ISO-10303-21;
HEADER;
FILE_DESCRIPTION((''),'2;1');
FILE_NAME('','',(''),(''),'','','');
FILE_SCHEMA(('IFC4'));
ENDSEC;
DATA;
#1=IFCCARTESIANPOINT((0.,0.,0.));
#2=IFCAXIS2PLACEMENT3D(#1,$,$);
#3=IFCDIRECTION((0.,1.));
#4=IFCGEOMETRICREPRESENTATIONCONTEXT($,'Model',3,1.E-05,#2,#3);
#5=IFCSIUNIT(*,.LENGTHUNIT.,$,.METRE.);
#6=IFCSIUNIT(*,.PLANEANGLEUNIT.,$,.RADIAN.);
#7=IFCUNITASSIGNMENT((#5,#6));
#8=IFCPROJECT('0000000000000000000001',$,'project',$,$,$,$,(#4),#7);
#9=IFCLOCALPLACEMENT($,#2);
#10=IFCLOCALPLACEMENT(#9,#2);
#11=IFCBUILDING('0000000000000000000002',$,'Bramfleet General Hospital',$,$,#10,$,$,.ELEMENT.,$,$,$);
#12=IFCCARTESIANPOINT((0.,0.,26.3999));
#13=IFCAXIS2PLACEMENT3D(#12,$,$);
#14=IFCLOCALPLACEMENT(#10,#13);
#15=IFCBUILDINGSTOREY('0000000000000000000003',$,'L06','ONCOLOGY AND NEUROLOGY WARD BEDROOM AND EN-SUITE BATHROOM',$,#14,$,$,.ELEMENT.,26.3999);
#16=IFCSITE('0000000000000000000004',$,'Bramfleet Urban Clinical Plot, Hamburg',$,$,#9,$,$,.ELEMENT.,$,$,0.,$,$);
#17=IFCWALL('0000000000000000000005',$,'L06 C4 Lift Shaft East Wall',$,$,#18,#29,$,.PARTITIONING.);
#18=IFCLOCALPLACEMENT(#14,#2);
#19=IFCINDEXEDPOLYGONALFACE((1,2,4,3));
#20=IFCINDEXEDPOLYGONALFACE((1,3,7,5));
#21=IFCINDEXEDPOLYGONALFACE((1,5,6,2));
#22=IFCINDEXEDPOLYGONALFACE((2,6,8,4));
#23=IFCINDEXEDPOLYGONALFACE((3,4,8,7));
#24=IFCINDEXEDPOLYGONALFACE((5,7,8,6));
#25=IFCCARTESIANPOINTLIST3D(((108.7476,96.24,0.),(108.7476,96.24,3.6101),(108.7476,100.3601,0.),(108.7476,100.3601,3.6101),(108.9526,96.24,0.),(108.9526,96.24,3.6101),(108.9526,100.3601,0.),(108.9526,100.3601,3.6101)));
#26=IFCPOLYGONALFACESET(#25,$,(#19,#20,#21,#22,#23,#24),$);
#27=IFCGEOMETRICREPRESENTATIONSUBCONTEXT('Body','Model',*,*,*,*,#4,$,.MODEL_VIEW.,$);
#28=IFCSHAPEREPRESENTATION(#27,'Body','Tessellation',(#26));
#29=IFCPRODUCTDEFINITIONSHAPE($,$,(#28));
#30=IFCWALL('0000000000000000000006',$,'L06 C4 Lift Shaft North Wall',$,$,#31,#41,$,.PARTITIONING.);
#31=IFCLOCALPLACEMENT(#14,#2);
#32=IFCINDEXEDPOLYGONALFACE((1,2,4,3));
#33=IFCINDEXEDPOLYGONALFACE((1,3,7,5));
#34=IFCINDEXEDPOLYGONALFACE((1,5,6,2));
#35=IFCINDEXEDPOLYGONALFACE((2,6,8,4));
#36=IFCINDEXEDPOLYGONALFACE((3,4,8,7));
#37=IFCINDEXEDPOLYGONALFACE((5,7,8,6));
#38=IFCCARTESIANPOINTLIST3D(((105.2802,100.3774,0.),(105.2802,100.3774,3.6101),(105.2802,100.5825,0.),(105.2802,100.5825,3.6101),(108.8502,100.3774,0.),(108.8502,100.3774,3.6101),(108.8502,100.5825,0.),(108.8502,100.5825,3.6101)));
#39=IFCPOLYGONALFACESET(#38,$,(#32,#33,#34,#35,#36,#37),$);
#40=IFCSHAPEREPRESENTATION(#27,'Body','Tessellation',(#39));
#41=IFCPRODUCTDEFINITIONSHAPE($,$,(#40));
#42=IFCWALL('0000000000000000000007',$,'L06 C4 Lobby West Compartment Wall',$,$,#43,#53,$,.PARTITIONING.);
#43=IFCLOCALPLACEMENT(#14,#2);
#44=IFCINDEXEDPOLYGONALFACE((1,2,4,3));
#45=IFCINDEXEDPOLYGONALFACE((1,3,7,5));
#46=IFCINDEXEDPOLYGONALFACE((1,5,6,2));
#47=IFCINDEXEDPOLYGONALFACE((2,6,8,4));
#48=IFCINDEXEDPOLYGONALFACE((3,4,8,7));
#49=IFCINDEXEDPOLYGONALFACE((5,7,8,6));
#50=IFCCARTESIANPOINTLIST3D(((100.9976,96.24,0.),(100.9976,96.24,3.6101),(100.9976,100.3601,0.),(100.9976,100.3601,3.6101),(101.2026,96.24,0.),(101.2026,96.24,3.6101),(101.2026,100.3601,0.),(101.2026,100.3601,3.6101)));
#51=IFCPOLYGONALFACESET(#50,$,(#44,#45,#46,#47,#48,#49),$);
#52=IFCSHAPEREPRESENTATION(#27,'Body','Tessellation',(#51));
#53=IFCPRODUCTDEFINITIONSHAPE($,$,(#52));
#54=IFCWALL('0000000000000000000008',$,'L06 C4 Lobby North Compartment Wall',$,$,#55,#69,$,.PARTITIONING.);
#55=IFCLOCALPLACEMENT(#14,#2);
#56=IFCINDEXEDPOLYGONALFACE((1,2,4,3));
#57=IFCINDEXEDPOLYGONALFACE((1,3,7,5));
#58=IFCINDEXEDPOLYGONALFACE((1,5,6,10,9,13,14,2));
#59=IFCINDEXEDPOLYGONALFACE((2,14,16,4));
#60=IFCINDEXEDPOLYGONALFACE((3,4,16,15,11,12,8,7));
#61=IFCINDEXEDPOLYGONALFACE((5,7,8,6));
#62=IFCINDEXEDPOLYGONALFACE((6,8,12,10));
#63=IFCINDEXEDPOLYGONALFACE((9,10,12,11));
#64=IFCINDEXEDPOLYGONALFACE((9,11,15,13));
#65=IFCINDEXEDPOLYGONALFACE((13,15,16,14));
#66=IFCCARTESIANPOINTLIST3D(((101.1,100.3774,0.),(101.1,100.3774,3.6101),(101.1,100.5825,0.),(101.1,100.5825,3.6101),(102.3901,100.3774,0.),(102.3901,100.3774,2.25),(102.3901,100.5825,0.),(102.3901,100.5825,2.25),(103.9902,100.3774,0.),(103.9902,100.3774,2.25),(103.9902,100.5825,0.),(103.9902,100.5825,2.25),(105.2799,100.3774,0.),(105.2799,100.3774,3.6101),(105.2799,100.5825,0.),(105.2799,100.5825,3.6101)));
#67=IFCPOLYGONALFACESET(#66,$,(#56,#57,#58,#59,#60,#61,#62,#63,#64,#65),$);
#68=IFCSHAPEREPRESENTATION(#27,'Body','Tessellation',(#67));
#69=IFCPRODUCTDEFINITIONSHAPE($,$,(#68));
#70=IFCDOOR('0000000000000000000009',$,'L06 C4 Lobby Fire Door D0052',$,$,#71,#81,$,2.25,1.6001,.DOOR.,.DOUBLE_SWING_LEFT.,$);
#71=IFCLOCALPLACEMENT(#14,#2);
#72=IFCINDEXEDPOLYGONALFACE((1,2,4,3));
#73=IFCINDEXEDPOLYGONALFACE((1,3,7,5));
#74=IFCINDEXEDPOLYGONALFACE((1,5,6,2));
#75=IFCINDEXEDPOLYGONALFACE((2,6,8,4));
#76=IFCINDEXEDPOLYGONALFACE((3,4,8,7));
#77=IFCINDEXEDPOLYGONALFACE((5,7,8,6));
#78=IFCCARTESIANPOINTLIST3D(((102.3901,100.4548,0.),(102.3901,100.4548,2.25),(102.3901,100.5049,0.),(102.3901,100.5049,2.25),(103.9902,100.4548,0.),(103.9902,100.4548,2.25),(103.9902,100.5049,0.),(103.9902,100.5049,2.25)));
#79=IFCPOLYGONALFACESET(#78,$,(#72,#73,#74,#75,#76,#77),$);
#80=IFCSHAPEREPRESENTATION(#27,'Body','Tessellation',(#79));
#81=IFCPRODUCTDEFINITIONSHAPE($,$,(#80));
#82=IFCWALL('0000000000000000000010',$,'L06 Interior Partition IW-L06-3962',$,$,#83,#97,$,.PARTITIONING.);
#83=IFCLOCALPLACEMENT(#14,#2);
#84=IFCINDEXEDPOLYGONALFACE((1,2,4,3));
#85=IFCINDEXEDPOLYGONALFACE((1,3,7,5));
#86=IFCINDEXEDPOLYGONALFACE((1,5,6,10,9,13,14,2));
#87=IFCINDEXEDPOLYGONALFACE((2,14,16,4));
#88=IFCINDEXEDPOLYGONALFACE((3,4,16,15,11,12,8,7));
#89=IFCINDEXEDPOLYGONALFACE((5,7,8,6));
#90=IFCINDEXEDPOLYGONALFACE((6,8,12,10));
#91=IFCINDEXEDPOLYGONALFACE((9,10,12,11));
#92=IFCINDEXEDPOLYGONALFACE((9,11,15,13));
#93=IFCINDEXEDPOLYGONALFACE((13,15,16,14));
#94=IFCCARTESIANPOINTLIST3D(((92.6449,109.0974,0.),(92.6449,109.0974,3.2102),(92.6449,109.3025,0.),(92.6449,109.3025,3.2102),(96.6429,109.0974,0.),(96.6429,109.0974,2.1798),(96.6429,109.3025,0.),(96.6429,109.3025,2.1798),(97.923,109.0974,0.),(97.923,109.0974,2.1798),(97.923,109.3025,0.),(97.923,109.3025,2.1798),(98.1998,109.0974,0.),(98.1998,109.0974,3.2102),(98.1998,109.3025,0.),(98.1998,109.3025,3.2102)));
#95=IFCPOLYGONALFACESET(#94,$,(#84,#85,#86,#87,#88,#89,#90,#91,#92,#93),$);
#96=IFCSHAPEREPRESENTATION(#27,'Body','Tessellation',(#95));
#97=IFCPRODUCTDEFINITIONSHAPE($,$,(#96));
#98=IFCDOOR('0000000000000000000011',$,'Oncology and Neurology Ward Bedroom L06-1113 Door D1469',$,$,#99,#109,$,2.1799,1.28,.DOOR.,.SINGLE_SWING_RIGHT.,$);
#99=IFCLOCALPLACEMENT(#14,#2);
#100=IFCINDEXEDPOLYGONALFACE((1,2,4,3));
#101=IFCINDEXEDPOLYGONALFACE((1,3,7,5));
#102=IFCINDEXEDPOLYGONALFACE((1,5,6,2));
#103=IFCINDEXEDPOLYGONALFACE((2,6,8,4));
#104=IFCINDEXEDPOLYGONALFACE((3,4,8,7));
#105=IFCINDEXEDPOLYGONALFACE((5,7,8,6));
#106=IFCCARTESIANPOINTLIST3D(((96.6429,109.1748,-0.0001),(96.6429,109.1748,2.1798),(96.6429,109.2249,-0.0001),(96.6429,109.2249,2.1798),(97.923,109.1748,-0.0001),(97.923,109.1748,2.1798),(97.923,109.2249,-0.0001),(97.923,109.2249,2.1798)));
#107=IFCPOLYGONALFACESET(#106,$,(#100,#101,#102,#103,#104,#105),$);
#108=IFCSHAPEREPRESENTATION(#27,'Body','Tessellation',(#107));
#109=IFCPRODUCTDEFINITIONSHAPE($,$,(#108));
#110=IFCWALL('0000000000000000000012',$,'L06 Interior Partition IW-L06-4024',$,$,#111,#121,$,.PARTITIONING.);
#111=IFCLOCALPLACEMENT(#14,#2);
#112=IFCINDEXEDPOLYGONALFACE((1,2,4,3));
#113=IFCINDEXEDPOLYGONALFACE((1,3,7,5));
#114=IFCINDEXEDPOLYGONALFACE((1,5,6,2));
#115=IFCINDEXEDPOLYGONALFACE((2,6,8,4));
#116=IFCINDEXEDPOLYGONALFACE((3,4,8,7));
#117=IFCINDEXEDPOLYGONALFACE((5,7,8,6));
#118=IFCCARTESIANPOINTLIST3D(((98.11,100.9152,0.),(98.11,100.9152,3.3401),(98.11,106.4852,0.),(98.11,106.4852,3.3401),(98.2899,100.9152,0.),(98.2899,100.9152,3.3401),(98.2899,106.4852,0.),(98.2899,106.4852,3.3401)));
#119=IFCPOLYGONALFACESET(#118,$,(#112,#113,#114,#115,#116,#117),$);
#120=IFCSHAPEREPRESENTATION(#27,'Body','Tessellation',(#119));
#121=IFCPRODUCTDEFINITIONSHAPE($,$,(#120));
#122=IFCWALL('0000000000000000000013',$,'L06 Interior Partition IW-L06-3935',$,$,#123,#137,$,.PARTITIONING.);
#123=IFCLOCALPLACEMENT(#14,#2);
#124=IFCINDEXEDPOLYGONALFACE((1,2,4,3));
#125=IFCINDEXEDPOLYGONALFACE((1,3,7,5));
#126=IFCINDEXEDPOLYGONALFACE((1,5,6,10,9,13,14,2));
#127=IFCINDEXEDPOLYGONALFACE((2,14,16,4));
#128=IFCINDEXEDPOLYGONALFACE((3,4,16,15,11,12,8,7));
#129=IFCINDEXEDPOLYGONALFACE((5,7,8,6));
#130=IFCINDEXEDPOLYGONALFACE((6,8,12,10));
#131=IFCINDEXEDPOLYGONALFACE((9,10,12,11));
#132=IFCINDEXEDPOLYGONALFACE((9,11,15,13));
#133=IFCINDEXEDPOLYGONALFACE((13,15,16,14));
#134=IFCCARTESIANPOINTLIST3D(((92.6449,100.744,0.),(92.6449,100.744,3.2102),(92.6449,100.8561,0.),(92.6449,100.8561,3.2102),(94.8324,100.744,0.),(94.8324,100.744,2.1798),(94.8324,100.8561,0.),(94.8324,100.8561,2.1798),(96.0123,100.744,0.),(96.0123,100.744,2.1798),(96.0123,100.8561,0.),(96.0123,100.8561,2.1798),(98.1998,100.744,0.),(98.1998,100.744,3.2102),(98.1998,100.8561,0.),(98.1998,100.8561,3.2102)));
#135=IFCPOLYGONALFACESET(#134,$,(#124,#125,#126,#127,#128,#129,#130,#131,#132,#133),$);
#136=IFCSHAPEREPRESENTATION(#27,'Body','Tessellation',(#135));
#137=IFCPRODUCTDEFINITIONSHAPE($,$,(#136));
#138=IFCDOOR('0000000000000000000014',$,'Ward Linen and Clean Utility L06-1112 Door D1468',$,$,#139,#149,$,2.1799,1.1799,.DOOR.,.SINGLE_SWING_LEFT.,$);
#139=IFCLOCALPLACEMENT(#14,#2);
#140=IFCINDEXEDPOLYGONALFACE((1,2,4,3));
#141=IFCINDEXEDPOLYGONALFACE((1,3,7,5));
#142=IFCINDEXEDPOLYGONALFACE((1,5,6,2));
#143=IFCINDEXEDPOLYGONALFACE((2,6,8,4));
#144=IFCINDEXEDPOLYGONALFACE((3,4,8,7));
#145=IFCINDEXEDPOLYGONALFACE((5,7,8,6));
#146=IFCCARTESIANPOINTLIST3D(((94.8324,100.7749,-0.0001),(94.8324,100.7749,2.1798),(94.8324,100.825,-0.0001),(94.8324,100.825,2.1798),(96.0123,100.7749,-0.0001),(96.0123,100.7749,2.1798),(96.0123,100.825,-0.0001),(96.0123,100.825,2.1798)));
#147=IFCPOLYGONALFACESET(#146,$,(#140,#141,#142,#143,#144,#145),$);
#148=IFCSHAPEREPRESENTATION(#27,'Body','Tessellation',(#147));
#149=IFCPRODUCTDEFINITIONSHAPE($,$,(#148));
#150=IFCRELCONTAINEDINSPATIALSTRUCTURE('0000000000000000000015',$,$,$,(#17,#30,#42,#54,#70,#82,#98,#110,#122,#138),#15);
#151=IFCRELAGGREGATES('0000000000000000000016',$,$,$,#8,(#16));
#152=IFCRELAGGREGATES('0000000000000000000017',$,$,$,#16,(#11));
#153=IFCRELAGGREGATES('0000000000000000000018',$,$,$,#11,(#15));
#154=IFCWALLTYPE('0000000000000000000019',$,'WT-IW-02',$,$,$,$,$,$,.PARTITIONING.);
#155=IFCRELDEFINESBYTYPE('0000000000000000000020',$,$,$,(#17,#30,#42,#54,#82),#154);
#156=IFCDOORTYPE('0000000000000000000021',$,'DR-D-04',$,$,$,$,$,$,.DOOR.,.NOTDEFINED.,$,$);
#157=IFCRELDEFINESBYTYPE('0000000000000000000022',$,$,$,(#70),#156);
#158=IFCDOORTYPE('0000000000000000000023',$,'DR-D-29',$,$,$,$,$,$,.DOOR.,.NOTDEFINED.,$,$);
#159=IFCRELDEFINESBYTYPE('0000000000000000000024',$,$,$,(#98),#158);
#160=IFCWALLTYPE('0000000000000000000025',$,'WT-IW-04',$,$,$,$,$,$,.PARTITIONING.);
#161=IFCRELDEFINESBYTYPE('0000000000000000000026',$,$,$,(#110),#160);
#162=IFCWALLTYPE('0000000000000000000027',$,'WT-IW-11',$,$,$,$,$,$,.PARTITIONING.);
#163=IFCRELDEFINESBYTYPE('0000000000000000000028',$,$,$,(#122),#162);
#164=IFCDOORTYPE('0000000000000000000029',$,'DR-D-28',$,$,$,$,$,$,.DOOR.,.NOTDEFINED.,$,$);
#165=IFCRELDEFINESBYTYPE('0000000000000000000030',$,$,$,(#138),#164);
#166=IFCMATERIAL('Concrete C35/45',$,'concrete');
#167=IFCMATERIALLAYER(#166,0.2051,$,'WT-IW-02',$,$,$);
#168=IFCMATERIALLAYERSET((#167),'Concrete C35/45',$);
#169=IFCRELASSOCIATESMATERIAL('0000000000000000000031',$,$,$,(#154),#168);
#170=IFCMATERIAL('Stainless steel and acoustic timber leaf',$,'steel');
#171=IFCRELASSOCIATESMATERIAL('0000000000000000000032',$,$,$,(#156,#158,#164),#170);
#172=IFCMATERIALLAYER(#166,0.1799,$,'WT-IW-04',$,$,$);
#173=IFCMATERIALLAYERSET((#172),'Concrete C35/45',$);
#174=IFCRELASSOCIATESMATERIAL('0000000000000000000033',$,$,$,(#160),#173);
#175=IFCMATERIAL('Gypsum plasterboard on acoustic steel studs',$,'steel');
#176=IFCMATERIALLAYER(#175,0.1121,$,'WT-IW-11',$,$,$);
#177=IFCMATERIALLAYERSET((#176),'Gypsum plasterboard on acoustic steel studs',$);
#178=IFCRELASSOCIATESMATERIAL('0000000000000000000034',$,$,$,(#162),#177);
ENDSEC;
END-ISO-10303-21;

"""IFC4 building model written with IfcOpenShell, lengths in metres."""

from ifc_helpers import new_model, si_unit, direction, frame, frame_2d, origin, place, context, subcontext, project, spatial, rectangle, extrude, material, layer, layer_set, type_object, element, fill, save


model = new_model("IFC4")

# Units and contexts
model_context = context("Model", 3, precision=1e-05, world=origin(), true_north=direction((0.0, 1.0)))
body_context = subcontext(model_context, "Body", "Model", "MODEL_VIEW")
ifc_project = project(units=[si_unit("LENGTHUNIT", "METRE"), si_unit("PLANEANGLEUNIT", "RADIAN")], contexts=[model_context])

# Site, building, storey
site_placement = place(None, origin())
site = spatial("IfcSite", under=ifc_project, at=site_placement, Name="Bramfleet Urban Clinical Plot, Hamburg", CompositionType="ELEMENT", RefElevation=0.0)
building_placement = place(site_placement, origin())
building = spatial("IfcBuilding", under=site, at=building_placement, Name="Bramfleet General Hospital", CompositionType="ELEMENT")
storey_placement = place(building_placement, frame((0.0, 0.0, 26.3999)))
storey = spatial("IfcBuildingStorey", under=building, at=storey_placement, Name="L06", Description="ONCOLOGY AND NEUROLOGY WARD BEDROOM AND EN-SUITE BATHROOM", CompositionType="ELEMENT", Elevation=26.3999)

# Shared definitions
ifc_material_1 = material(Name="Concrete C35/45", Category="concrete")
ifc_layer_1 = layer(ifc_material_1, 0.2051, Name="WT-IW-02")
ifc_layer_set_1 = layer_set([ifc_layer_1], Name="Concrete C35/45")
wall_type_1 = type_object("IfcWallType", Name="WT-IW-02", PredefinedType="PARTITIONING", material=ifc_layer_set_1)

# Walls
wall_1_placement = place(storey_placement, frame((108.8501, 96.24, 0.0), z_axis=(0.0, 0.0, 1.0), x_axis=(0.0, 1.0, 0.0)))
element("IfcWall", 1, at=wall_1_placement, inside=storey, type_object=wall_type_1, Name="L06 C4 Lift Shaft East Wall", PredefinedType="PARTITIONING", context=body_context, shape_type="SweptSolid", body=[
    extrude(rectangle(XDim=4.1201, YDim=0.2051, at=frame_2d((2.0601, 0.0))), origin(), (0.0, 0.0, 1.0), 3.6101),
])
wall_2_placement = place(storey_placement, frame((105.28, 100.48, 0.0), z_axis=(0.0, 0.0, 1.0), x_axis=(1.0, 0.0, 0.0)))
element("IfcWall", 2, at=wall_2_placement, inside=storey, type_object=wall_type_1, Name="L06 C4 Lift Shaft North Wall", PredefinedType="PARTITIONING", context=body_context, shape_type="SweptSolid", body=[
    extrude(rectangle(XDim=3.5701, YDim=0.2051, at=frame_2d((1.7852, 0.0))), origin(), (0.0, 0.0, 1.0), 3.6101),
])
wall_3_placement = place(storey_placement, frame((101.1001, 96.24, 0.0), z_axis=(0.0, 0.0, 1.0), x_axis=(0.0, 1.0, 0.0)))
element("IfcWall", 3, at=wall_3_placement, inside=storey, type_object=wall_type_1, Name="L06 C4 Lobby West Compartment Wall", PredefinedType="PARTITIONING", context=body_context, shape_type="SweptSolid", body=[
    extrude(rectangle(XDim=4.1201, YDim=0.2051, at=frame_2d((2.0601, 0.0))), origin(), (0.0, 0.0, 1.0), 3.6101),
])

# Walls, openings, doors
wall_4_placement = place(storey_placement, frame((101.1001, 100.48, 0.0), z_axis=(0.0, 0.0, 1.0), x_axis=(1.0, 0.0, 0.0)))
wall_4 = element("IfcWall", 4, at=wall_4_placement, inside=storey, type_object=wall_type_1, Name="L06 C4 Lobby North Compartment Wall", PredefinedType="PARTITIONING", context=body_context, shape_type="SweptSolid", body=[
    extrude(rectangle(XDim=4.1799, YDim=0.2051, at=frame_2d((2.0898, 0.0))), origin(), (0.0, 0.0, 1.0), 3.6101),
])
opening_1_placement = place(wall_4_placement, frame((1.29, 0.0, 0.0)))
opening_1 = element("IfcOpeningElement", 5, at=opening_1_placement, cuts=wall_4, PredefinedType="OPENING", context=body_context, shape_type="SweptSolid", body=[
    extrude(rectangle(XDim=1.6001, YDim=2.25, at=frame_2d((0.8, 1.125))), frame((0.0, 0.1125, 0.0), z_axis=(0.0, -1.0, 0.0), x_axis=(1.0, 0.0, 0.0)), (0.0, 0.0, 1.0), 0.2251),
])
ifc_material_2 = material(Name="Stainless steel and acoustic timber leaf", Category="steel")
door_type_1 = type_object("IfcDoorType", Name="DR-D-04", OperationType="NOTDEFINED", PredefinedType="DOOR", material=ifc_material_2)
door_1_placement = place(opening_1_placement, origin())
door_1 = element("IfcDoor", 6, at=door_1_placement, inside=storey, type_object=door_type_1, Name="L06 C4 Lobby Fire Door D0052", OperationType="DOUBLE_SWING_LEFT", OverallHeight=2.25, OverallWidth=1.6001, PredefinedType="DOOR", context=body_context, shape_type="SweptSolid", body=[
    extrude(rectangle(XDim=1.6001, YDim=2.25, at=frame_2d((0.8, 1.125))), frame((0.0, 0.0249, 0.0), z_axis=(0.0, -1.0, 0.0), x_axis=(1.0, 0.0, 0.0)), (0.0, 0.0, 1.0), 0.05),
])
fill(opening_1, door_1)
wall_5_placement = place(storey_placement, frame((92.645, 109.2, 0.0), z_axis=(0.0, 0.0, 1.0), x_axis=(1.0, 0.0, 0.0)))
wall_5 = element("IfcWall", 7, at=wall_5_placement, inside=storey, type_object=wall_type_1, Name="L06 Interior Partition IW-L06-3962", PredefinedType="PARTITIONING", context=body_context, shape_type="SweptSolid", body=[
    extrude(rectangle(XDim=5.5549, YDim=0.2051, at=frame_2d((2.7773, 0.0))), origin(), (0.0, 0.0, 1.0), 3.2102),
])
opening_2_placement = place(wall_5_placement, frame((3.9978, 0.0, 0.0)))
opening_2 = element("IfcOpeningElement", 8, at=opening_2_placement, cuts=wall_5, PredefinedType="OPENING", context=body_context, shape_type="SweptSolid", body=[
    extrude(rectangle(XDim=1.28, YDim=2.1799, at=frame_2d((0.6401, 1.0898))), frame((0.0, 0.1125, 0.0), z_axis=(0.0, -1.0, 0.0), x_axis=(1.0, 0.0, 0.0)), (0.0, 0.0, 1.0), 0.2251),
])
door_type_2 = type_object("IfcDoorType", Name="DR-D-29", OperationType="NOTDEFINED", PredefinedType="DOOR", material=ifc_material_2)
door_2_placement = place(opening_2_placement, origin())
door_2 = element("IfcDoor", 9, at=door_2_placement, inside=storey, type_object=door_type_2, Name="Oncology and Neurology Ward Bedroom L06-1113 Door D1469", OperationType="SINGLE_SWING_RIGHT", OverallHeight=2.1799, OverallWidth=1.28, PredefinedType="DOOR", context=body_context, shape_type="SweptSolid", body=[
    extrude(rectangle(XDim=1.28, YDim=2.1799, at=frame_2d((0.6401, 1.0898))), frame((0.0, 0.0249, 0.0), z_axis=(0.0, -1.0, 0.0), x_axis=(1.0, 0.0, 0.0)), (0.0, 0.0, 1.0), 0.05),
])
fill(opening_2, door_2)

# Wall
ifc_layer_2 = layer(ifc_material_1, 0.1799, Name="WT-IW-04")
ifc_layer_set_2 = layer_set([ifc_layer_2], Name="Concrete C35/45")
wall_type_2 = type_object("IfcWallType", Name="WT-IW-04", PredefinedType="PARTITIONING", material=ifc_layer_set_2)
wall_6_placement = place(storey_placement, frame((98.2, 100.915, 0.0), z_axis=(0.0, 0.0, 1.0), x_axis=(0.0, 1.0, 0.0)))
element("IfcWall", 10, at=wall_6_placement, inside=storey, type_object=wall_type_2, Name="L06 Interior Partition IW-L06-4024", PredefinedType="PARTITIONING", context=body_context, shape_type="SweptSolid", body=[
    extrude(rectangle(XDim=5.5701, YDim=0.1799, at=frame_2d((2.7852, 0.0))), origin(), (0.0, 0.0, 1.0), 3.3401),
])

# Wall, opening, door
ifc_material_3 = material(Name="Gypsum plasterboard on acoustic steel studs", Category="steel")
ifc_layer_3 = layer(ifc_material_3, 0.1121, Name="WT-IW-11")
ifc_layer_set_3 = layer_set([ifc_layer_3], Name="Gypsum plasterboard on acoustic steel studs")
wall_type_3 = type_object("IfcWallType", Name="WT-IW-11", PredefinedType="PARTITIONING", material=ifc_layer_set_3)
wall_7_placement = place(storey_placement, frame((92.645, 100.8, 0.0), z_axis=(0.0, 0.0, 1.0), x_axis=(1.0, 0.0, 0.0)))
wall_7 = element("IfcWall", 11, at=wall_7_placement, inside=storey, type_object=wall_type_3, Name="L06 Interior Partition IW-L06-3935", PredefinedType="PARTITIONING", context=body_context, shape_type="SweptSolid", body=[
    extrude(rectangle(XDim=5.5549, YDim=0.1121, at=frame_2d((2.7773, 0.0))), origin(), (0.0, 0.0, 1.0), 3.2102),
])
opening_3_placement = place(wall_7_placement, frame((2.1875, 0.0, 0.0)))
opening_3 = element("IfcOpeningElement", 12, at=opening_3_placement, cuts=wall_7, PredefinedType="OPENING", context=body_context, shape_type="SweptSolid", body=[
    extrude(rectangle(XDim=1.1799, YDim=2.1799, at=frame_2d((0.5898, 1.0898))), frame((0.0, 0.0659, 0.0), z_axis=(0.0, -1.0, 0.0), x_axis=(1.0, 0.0, 0.0)), (0.0, 0.0, 1.0), 0.1321),
])
door_type_3 = type_object("IfcDoorType", Name="DR-D-28", OperationType="NOTDEFINED", PredefinedType="DOOR", material=ifc_material_2)
door_3_placement = place(opening_3_placement, origin())
door_3 = element("IfcDoor", 13, at=door_3_placement, inside=storey, type_object=door_type_3, Name="Ward Linen and Clean Utility L06-1112 Door D1468", OperationType="SINGLE_SWING_LEFT", OverallHeight=2.1799, OverallWidth=1.1799, PredefinedType="DOOR", context=body_context, shape_type="SweptSolid", body=[
    extrude(rectangle(XDim=1.1799, YDim=2.1799, at=frame_2d((0.5898, 1.0898))), frame((0.0, 0.0249, 0.0), z_axis=(0.0, -1.0, 0.0), x_axis=(1.0, 0.0, 0.0)), (0.0, 0.0, 1.0), 0.05),
])
fill(opening_3, door_3)

save(model, "model.ifc")
